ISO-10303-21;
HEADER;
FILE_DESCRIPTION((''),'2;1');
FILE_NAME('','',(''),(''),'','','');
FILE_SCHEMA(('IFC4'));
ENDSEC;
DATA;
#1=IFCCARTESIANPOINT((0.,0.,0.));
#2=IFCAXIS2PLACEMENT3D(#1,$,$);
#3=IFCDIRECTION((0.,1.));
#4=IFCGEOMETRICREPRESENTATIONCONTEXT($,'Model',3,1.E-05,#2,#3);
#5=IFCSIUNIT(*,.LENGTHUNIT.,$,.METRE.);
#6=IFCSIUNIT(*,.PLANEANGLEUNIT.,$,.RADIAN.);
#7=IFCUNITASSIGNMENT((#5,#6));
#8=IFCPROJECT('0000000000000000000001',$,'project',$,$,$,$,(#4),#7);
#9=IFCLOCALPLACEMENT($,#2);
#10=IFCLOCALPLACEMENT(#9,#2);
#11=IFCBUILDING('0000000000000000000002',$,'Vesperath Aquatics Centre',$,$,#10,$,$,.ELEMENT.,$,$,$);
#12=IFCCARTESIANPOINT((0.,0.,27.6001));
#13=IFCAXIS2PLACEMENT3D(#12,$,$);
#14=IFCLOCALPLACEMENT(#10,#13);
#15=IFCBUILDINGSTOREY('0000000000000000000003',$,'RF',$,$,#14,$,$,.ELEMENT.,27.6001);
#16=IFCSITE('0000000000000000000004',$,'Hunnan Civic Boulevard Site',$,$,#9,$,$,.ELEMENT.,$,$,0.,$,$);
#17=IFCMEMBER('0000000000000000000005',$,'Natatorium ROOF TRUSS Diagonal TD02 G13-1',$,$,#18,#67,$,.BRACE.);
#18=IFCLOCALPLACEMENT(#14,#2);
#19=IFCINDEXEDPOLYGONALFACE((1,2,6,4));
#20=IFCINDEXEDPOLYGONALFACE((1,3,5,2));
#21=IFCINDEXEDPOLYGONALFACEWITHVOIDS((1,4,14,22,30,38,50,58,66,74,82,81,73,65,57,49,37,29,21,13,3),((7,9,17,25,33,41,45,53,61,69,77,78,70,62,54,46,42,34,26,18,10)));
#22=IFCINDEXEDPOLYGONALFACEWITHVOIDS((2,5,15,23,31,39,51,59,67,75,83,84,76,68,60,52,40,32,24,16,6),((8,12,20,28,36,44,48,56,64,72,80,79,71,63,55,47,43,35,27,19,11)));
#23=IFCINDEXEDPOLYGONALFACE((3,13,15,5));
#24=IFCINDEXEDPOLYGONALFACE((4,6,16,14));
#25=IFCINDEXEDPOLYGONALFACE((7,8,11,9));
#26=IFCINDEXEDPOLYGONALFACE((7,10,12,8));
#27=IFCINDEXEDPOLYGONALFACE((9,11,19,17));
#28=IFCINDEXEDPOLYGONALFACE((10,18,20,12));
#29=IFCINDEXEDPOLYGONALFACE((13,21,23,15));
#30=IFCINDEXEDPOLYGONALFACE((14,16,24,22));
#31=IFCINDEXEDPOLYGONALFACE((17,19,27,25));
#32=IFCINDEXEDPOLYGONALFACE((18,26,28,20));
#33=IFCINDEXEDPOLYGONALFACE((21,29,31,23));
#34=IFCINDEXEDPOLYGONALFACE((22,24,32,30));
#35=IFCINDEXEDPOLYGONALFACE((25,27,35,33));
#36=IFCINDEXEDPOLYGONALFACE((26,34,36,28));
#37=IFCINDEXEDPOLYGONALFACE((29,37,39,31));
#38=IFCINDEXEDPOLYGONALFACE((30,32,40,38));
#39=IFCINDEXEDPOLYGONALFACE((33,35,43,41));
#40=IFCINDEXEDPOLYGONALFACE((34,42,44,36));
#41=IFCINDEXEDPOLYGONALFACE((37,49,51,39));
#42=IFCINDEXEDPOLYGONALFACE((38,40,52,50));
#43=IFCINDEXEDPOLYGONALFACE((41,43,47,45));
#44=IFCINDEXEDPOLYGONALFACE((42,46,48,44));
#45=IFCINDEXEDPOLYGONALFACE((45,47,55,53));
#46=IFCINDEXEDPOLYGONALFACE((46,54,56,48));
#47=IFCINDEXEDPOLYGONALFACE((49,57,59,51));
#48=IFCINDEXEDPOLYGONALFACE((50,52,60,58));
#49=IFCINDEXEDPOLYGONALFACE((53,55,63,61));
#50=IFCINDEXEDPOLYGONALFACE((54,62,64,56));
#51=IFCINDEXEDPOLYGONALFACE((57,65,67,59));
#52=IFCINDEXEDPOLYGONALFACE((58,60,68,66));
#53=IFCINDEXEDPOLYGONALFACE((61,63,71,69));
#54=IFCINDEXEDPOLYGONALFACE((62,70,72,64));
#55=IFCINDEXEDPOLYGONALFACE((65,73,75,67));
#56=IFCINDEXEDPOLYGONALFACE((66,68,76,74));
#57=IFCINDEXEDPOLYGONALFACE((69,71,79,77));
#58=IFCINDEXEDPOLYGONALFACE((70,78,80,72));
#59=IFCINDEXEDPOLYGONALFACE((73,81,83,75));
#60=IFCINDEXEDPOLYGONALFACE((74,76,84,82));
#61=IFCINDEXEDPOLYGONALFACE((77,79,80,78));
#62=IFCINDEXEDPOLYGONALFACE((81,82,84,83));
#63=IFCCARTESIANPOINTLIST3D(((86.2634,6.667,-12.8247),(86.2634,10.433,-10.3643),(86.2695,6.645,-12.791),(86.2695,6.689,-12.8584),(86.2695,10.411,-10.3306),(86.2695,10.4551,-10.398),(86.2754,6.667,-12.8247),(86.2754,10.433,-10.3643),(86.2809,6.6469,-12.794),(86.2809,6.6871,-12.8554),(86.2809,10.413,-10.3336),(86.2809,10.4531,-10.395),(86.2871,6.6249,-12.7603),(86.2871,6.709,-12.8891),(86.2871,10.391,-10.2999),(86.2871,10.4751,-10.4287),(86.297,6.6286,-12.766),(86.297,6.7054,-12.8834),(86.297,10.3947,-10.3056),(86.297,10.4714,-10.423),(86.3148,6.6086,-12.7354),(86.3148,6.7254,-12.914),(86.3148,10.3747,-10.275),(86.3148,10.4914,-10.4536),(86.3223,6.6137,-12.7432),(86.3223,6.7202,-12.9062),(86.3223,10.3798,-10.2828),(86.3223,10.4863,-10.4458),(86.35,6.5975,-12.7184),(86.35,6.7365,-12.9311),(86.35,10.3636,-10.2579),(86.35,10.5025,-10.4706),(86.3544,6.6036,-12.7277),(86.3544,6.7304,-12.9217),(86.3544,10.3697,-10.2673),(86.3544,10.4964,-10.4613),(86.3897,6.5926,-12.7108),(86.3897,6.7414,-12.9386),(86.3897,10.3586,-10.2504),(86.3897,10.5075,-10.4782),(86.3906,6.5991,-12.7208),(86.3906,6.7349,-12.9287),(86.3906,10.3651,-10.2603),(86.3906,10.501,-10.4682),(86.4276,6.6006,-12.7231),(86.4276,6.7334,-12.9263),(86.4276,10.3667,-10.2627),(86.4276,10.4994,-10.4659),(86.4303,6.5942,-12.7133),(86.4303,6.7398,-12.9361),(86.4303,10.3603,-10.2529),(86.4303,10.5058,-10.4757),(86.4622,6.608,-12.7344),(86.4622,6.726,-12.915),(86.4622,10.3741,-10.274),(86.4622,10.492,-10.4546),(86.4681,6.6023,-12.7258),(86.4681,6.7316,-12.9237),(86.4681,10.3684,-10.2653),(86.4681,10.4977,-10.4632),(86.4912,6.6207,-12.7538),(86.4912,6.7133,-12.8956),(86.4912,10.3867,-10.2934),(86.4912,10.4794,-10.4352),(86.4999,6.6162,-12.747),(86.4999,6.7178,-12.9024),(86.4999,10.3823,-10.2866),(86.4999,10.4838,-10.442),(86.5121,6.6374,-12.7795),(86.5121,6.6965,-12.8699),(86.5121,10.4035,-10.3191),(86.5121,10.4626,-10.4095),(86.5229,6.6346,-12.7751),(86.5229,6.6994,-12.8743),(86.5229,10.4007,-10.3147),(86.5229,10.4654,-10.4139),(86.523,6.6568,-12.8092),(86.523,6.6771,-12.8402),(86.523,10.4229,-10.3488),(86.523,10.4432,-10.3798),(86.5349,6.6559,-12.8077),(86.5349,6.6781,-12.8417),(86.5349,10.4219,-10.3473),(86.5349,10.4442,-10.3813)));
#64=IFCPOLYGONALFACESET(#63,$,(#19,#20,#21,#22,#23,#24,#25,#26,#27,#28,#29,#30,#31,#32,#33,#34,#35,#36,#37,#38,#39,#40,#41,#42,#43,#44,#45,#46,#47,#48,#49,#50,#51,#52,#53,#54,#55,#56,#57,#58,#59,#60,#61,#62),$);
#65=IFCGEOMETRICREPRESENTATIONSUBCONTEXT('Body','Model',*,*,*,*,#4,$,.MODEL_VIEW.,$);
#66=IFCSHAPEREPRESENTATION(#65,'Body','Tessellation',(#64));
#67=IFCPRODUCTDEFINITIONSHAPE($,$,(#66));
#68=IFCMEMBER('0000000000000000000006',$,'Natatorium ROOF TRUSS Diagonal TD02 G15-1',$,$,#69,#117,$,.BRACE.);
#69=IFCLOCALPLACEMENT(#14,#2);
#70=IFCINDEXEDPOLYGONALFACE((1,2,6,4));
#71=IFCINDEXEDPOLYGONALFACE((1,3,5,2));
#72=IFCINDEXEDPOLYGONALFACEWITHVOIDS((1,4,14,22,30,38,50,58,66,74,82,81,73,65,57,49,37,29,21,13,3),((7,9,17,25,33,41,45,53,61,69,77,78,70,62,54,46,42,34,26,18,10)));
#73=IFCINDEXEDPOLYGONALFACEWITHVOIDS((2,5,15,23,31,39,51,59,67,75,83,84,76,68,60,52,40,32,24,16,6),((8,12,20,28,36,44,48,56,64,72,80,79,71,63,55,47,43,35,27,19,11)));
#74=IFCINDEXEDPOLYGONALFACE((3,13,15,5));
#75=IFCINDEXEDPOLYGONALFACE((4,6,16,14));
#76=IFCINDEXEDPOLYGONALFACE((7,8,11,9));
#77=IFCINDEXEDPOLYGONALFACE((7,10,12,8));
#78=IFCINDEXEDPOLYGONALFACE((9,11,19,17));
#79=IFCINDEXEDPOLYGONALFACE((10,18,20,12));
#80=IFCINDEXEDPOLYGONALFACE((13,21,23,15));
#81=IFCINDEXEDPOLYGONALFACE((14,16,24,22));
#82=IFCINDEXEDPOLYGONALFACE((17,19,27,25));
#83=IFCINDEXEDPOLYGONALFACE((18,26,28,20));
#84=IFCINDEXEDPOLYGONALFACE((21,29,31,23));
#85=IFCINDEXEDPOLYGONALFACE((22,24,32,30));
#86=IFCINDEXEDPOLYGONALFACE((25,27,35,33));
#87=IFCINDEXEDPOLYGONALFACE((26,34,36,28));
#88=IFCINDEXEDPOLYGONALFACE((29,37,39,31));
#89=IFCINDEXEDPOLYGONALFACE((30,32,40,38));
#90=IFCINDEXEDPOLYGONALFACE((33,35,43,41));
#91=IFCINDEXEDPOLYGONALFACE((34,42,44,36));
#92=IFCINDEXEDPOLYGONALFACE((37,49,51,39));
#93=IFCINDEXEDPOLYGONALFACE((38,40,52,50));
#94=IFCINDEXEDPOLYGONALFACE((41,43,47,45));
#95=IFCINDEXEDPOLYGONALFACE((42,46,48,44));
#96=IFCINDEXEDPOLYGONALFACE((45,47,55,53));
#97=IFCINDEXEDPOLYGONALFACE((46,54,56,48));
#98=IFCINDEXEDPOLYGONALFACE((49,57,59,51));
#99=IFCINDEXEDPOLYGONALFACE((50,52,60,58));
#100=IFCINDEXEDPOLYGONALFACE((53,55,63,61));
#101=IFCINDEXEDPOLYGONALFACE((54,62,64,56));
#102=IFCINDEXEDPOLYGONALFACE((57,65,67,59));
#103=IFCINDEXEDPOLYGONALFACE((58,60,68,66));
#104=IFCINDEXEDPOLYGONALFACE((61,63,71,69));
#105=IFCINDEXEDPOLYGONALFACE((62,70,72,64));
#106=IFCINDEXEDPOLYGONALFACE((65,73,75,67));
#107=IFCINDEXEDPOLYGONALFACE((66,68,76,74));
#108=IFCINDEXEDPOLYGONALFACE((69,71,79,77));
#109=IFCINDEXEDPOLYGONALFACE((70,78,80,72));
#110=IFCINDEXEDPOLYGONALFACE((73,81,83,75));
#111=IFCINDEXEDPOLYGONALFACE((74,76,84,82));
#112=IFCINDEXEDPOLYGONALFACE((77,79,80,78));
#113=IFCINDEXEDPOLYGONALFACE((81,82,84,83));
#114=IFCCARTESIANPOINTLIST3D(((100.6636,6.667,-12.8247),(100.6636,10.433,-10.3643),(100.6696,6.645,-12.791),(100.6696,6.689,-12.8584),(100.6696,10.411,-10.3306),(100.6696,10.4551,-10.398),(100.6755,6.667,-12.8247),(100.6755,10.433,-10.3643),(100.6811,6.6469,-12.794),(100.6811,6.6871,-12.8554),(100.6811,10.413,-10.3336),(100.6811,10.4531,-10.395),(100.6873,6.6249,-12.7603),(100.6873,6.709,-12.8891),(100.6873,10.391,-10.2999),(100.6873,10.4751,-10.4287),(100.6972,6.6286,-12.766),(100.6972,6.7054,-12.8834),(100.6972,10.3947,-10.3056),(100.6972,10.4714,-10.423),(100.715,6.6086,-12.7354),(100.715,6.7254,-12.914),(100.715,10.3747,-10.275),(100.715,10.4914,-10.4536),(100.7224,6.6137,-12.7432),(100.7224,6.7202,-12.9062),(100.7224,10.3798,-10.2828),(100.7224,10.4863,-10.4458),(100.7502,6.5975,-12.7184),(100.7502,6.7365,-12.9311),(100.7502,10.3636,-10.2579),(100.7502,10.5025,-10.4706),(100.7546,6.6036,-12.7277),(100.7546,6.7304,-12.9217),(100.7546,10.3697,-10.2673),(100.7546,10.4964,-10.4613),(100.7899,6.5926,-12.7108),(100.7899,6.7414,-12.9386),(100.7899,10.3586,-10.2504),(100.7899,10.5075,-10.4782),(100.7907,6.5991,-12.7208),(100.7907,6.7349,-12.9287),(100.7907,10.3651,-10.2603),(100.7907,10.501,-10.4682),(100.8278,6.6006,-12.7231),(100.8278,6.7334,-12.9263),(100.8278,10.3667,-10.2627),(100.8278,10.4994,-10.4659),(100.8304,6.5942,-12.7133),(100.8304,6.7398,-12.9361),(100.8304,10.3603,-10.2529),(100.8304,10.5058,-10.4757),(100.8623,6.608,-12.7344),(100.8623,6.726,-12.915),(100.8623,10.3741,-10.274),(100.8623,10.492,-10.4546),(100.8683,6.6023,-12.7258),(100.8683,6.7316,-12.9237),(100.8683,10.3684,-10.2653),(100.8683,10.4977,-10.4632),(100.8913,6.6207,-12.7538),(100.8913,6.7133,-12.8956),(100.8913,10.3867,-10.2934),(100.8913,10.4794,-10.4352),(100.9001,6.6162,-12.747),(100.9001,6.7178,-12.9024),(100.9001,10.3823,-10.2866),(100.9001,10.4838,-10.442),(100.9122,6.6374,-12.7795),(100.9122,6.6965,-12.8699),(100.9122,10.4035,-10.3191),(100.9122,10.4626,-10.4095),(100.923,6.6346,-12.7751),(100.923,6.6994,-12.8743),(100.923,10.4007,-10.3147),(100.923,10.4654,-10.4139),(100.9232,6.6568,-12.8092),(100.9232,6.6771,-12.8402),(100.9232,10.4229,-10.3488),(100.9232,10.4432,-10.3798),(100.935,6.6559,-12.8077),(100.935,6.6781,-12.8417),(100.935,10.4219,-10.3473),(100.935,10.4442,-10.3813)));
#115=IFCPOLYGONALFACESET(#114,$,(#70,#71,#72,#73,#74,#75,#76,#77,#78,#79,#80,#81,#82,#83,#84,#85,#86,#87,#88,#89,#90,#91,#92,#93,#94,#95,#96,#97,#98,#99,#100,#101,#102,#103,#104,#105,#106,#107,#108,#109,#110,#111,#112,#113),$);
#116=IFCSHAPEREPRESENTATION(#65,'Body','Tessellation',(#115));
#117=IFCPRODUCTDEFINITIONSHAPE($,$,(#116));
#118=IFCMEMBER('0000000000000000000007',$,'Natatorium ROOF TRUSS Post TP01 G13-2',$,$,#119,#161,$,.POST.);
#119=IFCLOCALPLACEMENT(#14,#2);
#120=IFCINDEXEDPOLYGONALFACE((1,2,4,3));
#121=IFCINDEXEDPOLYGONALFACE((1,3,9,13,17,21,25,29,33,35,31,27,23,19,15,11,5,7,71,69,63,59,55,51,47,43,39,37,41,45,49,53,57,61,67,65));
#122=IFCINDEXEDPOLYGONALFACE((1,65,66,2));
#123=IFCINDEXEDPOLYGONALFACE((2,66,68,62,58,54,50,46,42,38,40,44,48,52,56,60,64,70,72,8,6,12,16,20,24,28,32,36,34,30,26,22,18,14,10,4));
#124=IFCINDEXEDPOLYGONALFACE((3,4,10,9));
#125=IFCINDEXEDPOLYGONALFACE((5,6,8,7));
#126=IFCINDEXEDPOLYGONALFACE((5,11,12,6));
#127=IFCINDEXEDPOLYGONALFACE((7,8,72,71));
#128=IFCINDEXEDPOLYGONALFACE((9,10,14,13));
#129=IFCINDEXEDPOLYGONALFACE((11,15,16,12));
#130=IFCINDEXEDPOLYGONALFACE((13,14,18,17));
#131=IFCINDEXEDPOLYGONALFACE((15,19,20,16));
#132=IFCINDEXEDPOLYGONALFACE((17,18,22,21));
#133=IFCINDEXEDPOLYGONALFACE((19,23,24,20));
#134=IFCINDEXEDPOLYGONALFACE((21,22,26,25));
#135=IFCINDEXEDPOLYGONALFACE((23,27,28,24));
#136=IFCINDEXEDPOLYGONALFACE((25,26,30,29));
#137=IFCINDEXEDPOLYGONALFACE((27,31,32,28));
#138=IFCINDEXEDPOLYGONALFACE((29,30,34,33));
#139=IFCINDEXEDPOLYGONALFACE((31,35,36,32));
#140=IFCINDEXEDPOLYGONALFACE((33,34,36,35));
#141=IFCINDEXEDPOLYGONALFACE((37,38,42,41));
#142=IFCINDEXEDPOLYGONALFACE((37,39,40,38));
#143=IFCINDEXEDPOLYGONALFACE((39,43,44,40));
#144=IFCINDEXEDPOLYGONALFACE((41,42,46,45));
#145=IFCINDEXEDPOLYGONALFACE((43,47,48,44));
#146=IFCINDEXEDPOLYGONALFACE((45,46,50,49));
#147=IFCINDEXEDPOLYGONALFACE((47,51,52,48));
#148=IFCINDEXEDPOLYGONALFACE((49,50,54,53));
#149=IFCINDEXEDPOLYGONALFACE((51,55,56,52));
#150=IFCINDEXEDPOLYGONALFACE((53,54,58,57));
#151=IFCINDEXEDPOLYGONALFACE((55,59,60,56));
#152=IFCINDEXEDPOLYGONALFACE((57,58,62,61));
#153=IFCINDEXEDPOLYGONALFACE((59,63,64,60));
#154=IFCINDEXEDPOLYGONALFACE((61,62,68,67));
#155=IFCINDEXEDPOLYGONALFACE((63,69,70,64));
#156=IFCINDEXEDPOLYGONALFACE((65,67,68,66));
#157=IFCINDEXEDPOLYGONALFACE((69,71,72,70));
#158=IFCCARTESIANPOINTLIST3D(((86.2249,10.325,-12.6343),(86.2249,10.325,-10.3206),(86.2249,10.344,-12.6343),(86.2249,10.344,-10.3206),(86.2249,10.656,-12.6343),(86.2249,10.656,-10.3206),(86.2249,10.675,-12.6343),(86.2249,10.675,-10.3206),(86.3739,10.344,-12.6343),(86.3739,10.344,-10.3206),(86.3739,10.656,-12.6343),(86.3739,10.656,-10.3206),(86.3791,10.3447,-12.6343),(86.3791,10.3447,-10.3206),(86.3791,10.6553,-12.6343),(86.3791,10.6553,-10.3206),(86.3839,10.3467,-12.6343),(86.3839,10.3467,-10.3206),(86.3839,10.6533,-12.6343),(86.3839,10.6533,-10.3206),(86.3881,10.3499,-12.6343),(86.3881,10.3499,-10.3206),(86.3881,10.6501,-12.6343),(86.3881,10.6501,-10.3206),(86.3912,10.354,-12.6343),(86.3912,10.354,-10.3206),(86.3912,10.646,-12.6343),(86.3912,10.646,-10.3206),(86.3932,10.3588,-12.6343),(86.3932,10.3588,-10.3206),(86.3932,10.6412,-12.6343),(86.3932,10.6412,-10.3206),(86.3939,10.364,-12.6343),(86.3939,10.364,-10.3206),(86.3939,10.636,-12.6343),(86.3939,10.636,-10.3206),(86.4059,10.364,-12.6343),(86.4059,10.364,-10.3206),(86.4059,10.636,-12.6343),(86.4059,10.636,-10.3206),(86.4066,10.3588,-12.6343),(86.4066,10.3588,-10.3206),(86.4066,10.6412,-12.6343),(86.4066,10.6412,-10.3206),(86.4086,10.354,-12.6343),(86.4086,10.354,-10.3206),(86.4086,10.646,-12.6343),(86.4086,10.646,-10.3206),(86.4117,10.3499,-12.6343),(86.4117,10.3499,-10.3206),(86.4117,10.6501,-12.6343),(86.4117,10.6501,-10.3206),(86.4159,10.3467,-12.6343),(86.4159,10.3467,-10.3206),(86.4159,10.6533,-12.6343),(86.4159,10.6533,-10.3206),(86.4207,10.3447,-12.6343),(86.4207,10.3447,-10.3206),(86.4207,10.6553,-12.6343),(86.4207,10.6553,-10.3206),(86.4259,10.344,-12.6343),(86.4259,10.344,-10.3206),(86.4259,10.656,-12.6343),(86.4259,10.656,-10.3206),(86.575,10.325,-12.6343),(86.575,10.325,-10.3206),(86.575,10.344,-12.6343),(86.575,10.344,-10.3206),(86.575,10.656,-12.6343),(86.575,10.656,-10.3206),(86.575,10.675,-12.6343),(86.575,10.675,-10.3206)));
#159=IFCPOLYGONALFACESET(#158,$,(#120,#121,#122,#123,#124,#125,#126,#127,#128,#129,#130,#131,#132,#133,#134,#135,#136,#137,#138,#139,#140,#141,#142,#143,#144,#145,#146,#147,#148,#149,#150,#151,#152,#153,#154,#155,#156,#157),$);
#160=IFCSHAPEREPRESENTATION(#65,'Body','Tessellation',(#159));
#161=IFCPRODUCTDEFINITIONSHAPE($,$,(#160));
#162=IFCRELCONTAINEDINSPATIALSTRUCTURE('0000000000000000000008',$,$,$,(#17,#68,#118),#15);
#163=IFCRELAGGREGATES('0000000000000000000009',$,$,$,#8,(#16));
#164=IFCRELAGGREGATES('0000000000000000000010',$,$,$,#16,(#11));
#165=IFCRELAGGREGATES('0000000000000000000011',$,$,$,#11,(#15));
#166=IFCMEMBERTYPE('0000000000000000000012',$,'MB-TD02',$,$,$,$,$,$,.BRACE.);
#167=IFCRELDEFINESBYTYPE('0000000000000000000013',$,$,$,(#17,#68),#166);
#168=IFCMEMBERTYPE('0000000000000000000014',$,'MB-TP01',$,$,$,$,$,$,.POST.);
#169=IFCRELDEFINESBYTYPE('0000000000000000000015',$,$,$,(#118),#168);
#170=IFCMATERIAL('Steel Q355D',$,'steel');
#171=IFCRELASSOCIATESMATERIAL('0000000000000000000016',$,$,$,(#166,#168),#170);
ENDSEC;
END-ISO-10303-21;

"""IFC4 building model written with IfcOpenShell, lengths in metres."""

from ifc_helpers import new_model, si_unit, direction, frame, origin, origin_2d, place, context, subcontext, project, spatial, hollow_circle, i_section, extrude, material, material_profile, profile_set, type_object, element, save


model = new_model("IFC4")

# Units and contexts
model_context = context("Model", 3, precision=1e-05, world=origin(), true_north=direction((0.0, 1.0)))
body_context = subcontext(model_context, "Body", "Model", "MODEL_VIEW")
ifc_project = project(units=[si_unit("LENGTHUNIT", "METRE"), si_unit("PLANEANGLEUNIT", "RADIAN")], contexts=[model_context])

# Site, building, storey
site_placement = place(None, origin())
site = spatial("IfcSite", under=ifc_project, at=site_placement, Name="Hunnan Civic Boulevard Site", CompositionType="ELEMENT", RefElevation=0.0)
building_placement = place(site_placement, origin())
building = spatial("IfcBuilding", under=site, at=building_placement, Name="Vesperath Aquatics Centre", CompositionType="ELEMENT")
storey_placement = place(building_placement, frame((0.0, 0.0, 27.6001)))
storey = spatial("IfcBuildingStorey", under=building, at=storey_placement, Name="RF", CompositionType="ELEMENT", Elevation=27.6001)

# Shared definitions
ifc_material_1 = material(Name="Steel Q355D", Category="steel")

# Members
ifc_material_profile_1 = material_profile(ifc_material_1, hollow_circle(Radius=0.1365, WallThickness=0.012, at=origin_2d()), Name="CHS 273.0x12")
ifc_profile_set_1 = profile_set([ifc_material_profile_1], Name="Steel Q355D")
member_type_1 = type_object("IfcMemberType", Name="MB-TD02", PredefinedType="BRACE", material=ifc_profile_set_1)
for number, where, z_axis, x_axis, name in (
    (1, (86.3999, 6.667, -12.8247), (0.0, 0.837174, 0.546936), (-1.0, 0.0, 0.0), "Natatorium ROOF TRUSS Diagonal TD02 G13-1"),
    (2, (100.8, 6.667, -12.8247), (0.0, 0.837174, 0.546936), (-1.0, 0.0, 0.0), "Natatorium ROOF TRUSS Diagonal TD02 G15-1"),
):
    element("IfcMember", number, at=place(storey_placement, frame(where, z_axis=z_axis, x_axis=x_axis)), inside=storey, type_object=member_type_1, Name=name, PredefinedType="BRACE", context=body_context, shape_type="SweptSolid", body=[
        extrude(hollow_circle(Radius=0.1365, WallThickness=0.012, at=origin_2d()), origin(), (0.0, 0.0, 1.0), 4.4985),
    ])
ifc_material_profile_2 = material_profile(ifc_material_1, i_section(OverallWidth=0.3501, OverallDepth=0.3501, WebThickness=0.012, FlangeThickness=0.019, FilletRadius=0.02, at=origin_2d()), Name="HW 350x350x12x19")
ifc_profile_set_2 = profile_set([ifc_material_profile_2], Name="Steel Q355D")
member_type_2 = type_object("IfcMemberType", Name="MB-TP01", PredefinedType="POST", material=ifc_profile_set_2)
member_1_placement = place(storey_placement, frame((86.3999, 10.5, -12.6343), z_axis=(0.0, 0.0, 1.0), x_axis=(1.0, 0.0, 0.0)))
element("IfcMember", 3, at=member_1_placement, inside=storey, type_object=member_type_2, Name="Natatorium ROOF TRUSS Post TP01 G13-2", PredefinedType="POST", context=body_context, shape_type="SweptSolid", body=[
    extrude(i_section(OverallWidth=0.3501, OverallDepth=0.3501, WebThickness=0.012, FlangeThickness=0.019, FilletRadius=0.02, at=origin_2d()), origin(), (0.0, 0.0, 1.0), 2.3137),
])

save(model, "model.ifc")
